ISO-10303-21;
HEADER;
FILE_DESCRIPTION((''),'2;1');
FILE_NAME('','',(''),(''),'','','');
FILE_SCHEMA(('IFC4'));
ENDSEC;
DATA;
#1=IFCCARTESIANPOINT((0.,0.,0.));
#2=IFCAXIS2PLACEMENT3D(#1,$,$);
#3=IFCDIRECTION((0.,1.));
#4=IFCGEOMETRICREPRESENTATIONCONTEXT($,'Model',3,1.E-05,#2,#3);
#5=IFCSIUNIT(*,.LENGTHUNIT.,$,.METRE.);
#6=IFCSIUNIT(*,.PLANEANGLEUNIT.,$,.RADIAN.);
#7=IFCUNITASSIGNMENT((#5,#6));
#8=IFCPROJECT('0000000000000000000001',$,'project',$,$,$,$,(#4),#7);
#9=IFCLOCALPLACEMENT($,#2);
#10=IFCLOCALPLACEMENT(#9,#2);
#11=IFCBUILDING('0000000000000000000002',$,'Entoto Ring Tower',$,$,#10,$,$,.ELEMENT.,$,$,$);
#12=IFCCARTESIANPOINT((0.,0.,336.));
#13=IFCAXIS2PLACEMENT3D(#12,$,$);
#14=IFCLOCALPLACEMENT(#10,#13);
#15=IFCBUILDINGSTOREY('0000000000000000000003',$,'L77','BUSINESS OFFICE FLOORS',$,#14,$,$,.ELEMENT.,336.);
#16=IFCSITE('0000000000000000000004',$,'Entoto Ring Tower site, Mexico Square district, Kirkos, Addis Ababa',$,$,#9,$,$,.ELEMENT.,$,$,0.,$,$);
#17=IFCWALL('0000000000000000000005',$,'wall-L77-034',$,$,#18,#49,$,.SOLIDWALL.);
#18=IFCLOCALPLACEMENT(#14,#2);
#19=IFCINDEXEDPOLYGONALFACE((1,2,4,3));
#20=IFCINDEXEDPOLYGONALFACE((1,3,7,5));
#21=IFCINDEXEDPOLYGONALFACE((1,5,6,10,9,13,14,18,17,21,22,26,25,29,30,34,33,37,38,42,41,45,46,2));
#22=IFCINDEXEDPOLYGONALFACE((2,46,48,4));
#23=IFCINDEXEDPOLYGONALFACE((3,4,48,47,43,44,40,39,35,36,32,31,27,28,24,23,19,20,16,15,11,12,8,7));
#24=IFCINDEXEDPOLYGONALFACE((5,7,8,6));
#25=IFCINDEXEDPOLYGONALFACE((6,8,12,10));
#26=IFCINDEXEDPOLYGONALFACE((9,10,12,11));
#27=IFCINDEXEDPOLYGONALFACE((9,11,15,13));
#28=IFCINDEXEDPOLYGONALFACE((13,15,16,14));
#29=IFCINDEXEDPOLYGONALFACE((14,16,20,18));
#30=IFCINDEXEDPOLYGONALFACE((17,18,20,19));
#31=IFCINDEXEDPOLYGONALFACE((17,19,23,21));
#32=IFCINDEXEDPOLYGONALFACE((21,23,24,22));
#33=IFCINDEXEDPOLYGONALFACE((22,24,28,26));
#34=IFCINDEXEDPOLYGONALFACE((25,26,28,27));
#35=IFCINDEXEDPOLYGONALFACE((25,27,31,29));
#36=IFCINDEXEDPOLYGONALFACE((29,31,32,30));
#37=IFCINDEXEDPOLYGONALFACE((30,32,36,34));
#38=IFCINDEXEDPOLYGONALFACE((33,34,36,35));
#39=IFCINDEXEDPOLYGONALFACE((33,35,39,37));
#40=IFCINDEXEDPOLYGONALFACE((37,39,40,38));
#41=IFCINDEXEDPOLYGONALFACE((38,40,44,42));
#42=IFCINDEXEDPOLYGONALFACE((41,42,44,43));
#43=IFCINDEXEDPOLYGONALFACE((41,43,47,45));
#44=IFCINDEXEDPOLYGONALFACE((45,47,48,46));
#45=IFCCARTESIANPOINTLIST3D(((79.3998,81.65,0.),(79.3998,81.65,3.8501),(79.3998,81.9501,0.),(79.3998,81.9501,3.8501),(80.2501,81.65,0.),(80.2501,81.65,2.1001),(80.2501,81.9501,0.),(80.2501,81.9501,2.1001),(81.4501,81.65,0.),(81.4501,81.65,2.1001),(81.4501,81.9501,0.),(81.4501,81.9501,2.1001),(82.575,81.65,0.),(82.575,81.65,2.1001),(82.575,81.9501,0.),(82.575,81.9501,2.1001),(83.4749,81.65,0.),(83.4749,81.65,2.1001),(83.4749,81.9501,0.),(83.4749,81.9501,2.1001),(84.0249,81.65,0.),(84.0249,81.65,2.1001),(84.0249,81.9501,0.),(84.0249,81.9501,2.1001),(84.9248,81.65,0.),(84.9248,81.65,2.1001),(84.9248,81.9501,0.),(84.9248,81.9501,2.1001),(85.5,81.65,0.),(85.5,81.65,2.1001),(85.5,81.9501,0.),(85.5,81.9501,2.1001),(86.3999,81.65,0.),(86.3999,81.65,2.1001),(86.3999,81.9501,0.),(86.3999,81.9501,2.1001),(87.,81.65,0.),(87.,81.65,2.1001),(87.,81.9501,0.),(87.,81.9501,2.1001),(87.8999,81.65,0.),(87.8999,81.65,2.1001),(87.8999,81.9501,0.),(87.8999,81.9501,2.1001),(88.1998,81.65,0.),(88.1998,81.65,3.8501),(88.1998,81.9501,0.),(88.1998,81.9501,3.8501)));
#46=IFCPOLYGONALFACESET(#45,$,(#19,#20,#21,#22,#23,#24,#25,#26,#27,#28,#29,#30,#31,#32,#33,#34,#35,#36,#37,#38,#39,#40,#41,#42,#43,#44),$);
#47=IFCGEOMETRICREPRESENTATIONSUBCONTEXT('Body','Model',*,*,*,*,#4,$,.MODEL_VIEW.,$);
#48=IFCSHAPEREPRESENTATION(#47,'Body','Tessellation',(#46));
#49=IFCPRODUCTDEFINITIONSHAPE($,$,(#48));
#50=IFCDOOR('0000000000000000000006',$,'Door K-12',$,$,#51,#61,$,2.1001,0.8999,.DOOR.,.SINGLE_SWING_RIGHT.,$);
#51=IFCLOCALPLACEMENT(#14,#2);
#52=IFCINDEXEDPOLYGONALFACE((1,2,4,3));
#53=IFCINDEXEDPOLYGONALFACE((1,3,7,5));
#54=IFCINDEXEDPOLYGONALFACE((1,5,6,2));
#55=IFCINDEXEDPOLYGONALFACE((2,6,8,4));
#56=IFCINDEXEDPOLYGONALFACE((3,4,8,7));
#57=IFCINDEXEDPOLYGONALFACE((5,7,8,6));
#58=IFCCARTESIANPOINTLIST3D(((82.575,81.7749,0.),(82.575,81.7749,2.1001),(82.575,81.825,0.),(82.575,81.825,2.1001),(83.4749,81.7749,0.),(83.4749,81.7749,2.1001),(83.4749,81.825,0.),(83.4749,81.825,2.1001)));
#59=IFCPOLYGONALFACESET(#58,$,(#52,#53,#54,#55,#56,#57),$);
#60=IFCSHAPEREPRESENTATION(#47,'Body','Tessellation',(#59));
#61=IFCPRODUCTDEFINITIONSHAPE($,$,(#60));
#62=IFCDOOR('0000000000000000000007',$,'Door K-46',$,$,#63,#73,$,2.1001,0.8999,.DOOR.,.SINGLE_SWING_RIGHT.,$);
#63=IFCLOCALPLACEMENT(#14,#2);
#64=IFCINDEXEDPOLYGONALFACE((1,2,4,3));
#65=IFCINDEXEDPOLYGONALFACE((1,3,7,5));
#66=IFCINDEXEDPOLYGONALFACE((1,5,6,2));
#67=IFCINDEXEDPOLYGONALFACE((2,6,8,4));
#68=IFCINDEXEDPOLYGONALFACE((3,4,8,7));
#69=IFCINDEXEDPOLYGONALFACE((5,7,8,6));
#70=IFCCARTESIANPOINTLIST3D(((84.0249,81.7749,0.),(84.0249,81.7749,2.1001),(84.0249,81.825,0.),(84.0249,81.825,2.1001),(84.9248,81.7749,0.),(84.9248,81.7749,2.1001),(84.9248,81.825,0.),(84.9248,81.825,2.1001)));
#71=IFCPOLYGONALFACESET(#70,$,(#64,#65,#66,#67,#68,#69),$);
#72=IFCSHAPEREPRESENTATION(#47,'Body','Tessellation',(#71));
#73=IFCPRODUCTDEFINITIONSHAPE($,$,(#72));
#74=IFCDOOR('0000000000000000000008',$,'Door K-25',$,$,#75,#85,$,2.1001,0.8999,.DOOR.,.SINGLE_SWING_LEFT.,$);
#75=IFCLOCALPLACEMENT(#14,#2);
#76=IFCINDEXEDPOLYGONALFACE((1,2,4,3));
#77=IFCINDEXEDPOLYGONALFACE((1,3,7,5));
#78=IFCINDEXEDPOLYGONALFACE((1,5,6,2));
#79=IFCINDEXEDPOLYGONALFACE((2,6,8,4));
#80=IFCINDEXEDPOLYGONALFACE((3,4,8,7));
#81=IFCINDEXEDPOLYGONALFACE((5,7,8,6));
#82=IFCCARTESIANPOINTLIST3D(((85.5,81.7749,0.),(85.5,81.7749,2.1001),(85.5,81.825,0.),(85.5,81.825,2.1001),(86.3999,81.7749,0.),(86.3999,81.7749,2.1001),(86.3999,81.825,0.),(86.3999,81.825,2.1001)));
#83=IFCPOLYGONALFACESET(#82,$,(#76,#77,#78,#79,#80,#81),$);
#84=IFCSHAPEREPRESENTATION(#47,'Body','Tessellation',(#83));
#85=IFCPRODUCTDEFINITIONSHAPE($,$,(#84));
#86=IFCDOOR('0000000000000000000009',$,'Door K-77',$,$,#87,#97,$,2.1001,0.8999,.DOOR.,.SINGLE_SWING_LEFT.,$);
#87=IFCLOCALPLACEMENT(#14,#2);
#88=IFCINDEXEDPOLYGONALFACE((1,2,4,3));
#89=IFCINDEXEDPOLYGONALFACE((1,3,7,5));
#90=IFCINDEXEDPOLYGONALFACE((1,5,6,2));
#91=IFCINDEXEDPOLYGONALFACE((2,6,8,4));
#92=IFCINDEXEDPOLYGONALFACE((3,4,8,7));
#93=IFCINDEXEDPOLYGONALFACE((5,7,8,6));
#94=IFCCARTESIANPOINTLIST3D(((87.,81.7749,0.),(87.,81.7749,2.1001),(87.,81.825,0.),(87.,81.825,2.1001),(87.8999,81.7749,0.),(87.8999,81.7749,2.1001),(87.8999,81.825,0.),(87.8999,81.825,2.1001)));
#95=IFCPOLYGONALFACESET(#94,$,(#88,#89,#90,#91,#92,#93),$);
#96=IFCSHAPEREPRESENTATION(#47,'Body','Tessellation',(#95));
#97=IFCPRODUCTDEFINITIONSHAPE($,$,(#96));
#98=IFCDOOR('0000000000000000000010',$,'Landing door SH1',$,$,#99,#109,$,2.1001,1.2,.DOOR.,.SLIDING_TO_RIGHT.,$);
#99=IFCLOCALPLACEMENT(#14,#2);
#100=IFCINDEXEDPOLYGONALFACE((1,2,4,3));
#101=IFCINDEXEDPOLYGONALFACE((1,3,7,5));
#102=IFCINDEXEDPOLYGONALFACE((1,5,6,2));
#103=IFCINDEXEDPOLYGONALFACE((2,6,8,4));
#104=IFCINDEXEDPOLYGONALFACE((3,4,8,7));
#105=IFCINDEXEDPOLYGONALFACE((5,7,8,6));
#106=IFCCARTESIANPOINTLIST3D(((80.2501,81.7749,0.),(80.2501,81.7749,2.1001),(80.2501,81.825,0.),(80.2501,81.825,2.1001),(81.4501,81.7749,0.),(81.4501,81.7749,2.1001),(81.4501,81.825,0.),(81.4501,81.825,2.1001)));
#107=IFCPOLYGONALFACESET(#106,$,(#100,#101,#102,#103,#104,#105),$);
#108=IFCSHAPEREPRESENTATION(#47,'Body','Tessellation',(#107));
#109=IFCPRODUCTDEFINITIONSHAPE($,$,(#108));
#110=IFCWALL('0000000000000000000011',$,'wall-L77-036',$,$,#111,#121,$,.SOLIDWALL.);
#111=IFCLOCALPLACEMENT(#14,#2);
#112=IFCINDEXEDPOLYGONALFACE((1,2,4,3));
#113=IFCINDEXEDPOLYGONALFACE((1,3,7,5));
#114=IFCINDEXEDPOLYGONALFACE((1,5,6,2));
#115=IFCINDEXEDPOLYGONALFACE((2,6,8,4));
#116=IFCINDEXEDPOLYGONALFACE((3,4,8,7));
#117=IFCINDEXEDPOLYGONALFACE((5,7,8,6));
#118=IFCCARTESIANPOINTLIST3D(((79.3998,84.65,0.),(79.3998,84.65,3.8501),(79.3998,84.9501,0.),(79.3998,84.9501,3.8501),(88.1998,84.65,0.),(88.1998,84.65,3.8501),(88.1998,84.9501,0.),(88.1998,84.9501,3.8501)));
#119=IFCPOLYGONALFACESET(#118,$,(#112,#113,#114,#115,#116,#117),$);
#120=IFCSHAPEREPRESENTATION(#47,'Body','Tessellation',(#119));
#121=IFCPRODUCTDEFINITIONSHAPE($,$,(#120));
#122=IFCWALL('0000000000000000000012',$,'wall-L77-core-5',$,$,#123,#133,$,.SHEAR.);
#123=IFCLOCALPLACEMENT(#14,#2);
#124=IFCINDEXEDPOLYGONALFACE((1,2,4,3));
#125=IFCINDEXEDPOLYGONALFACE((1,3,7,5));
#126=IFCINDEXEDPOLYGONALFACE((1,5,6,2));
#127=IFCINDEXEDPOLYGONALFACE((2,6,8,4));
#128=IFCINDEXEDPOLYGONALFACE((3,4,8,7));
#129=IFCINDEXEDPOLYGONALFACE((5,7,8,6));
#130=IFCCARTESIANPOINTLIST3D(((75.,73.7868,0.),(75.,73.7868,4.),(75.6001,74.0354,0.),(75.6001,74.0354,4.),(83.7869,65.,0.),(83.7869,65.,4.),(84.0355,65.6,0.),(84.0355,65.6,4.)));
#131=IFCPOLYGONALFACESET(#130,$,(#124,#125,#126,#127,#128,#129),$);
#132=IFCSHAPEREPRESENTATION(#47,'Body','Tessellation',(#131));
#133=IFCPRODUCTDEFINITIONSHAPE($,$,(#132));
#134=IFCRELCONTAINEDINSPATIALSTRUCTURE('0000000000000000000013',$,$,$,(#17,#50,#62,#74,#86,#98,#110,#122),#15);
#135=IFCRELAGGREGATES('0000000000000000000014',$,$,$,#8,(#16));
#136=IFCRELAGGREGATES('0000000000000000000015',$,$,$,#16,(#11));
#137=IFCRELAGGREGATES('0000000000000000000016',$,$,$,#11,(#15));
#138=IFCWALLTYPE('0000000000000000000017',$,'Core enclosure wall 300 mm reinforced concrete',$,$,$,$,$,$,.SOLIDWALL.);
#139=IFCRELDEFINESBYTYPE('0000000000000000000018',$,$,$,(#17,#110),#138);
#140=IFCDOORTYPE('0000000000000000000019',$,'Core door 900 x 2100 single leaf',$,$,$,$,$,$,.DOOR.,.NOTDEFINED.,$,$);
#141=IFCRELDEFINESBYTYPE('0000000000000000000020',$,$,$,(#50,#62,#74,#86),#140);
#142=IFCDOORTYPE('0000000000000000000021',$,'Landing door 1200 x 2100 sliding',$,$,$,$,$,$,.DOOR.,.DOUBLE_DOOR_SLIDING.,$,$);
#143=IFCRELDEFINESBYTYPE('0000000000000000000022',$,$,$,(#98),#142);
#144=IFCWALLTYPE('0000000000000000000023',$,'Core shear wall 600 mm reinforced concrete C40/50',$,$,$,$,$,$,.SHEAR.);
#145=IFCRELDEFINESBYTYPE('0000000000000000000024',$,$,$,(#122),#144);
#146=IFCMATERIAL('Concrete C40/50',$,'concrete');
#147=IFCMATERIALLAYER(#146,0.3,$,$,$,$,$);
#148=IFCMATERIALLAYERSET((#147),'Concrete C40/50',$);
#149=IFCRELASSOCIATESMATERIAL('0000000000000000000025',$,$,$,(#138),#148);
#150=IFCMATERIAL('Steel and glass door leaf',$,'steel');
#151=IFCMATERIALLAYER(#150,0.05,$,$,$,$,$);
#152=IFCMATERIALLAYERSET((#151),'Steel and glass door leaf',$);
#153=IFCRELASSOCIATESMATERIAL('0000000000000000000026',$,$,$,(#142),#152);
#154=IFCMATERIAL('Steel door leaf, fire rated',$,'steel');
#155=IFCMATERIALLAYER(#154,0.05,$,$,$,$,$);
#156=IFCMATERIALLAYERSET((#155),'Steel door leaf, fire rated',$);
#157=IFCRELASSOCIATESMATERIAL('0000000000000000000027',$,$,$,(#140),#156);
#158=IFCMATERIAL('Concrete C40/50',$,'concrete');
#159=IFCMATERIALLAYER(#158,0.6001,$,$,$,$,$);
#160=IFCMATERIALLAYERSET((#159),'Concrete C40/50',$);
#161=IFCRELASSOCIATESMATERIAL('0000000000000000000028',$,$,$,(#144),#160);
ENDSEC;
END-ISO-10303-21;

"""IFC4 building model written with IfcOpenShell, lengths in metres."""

from ifc_helpers import new_model, si_unit, direction, frame, frame_2d, origin, place, context, subcontext, project, spatial, polyline, rectangle, outline, extrude, material, layer, layer_set, type_object, element, fill, save


model = new_model("IFC4")

# Units and contexts
model_context = context("Model", 3, precision=1e-05, world=origin(), true_north=direction((0.0, 1.0)))
body_context = subcontext(model_context, "Body", "Model", "MODEL_VIEW")
ifc_project = project(units=[si_unit("LENGTHUNIT", "METRE"), si_unit("PLANEANGLEUNIT", "RADIAN")], contexts=[model_context])

# Site, building, storey
site_placement = place(None, origin())
site = spatial("IfcSite", under=ifc_project, at=site_placement, Name="Entoto Ring Tower site, Mexico Square district, Kirkos, Addis Ababa", CompositionType="ELEMENT", RefElevation=0.0)
building_placement = place(site_placement, origin())
building = spatial("IfcBuilding", under=site, at=building_placement, Name="Entoto Ring Tower", CompositionType="ELEMENT")
storey_placement = place(building_placement, frame((0.0, 0.0, 336.0)))
storey = spatial("IfcBuildingStorey", under=building, at=storey_placement, Name="L77", Description="BUSINESS OFFICE FLOORS", CompositionType="ELEMENT", Elevation=336.0)

# Shared definitions
ifc_material_1 = material(Name="Concrete C40/50", Category="concrete")
ifc_layer_1 = layer(ifc_material_1, 0.3)
ifc_layer_set_1 = layer_set([ifc_layer_1], Name="Concrete C40/50")
wall_type_1 = type_object("IfcWallType", Name="Core enclosure wall 300 mm reinforced concrete", PredefinedType="SOLIDWALL", material=ifc_layer_set_1)
ifc_material_2 = material(Name="Steel and glass door leaf", Category="steel")
ifc_layer_2 = layer(ifc_material_2, 0.05)
ifc_layer_set_2 = layer_set([ifc_layer_2], Name="Steel and glass door leaf")
door_type_1 = type_object("IfcDoorType", Name="Landing door 1200 x 2100 sliding", OperationType="DOUBLE_DOOR_SLIDING", PredefinedType="DOOR", material=ifc_layer_set_2)

# Wall, openings, doors
ifc_material_3 = material(Name="Steel door leaf, fire rated", Category="steel")
ifc_layer_3 = layer(ifc_material_3, 0.05)
ifc_layer_set_3 = layer_set([ifc_layer_3], Name="Steel door leaf, fire rated")
door_type_2 = type_object("IfcDoorType", Name="Core door 900 x 2100 single leaf", OperationType="NOTDEFINED", PredefinedType="DOOR", material=ifc_layer_set_3)
wall_1_placement = place(storey_placement, frame((79.3999, 81.8, 0.0), z_axis=(0.0, 0.0, 1.0), x_axis=(1.0, 0.0, 0.0)))
wall_1 = element("IfcWall", 1, at=wall_1_placement, inside=storey, type_object=wall_type_1, Name="wall-L77-034", PredefinedType="SOLIDWALL", context=body_context, shape_type="SweptSolid", body=[
    extrude(rectangle(XDim=8.8, YDim=0.3, at=frame_2d((4.3999, 0.0))), origin(), (0.0, 0.0, 1.0), 3.8501),
])
opening_1_placement = place(wall_1_placement, frame((0.8501, 0.0, 0.0)))
opening_1 = element("IfcOpeningElement", 2, at=opening_1_placement, cuts=wall_1, PredefinedType="OPENING", context=body_context, shape_type="SweptSolid", body=[
    extrude(rectangle(XDim=1.2, YDim=2.1001, at=frame_2d((0.6001, 1.05))), frame((0.0, 0.1602, 0.0), z_axis=(0.0, -1.0, 0.0), x_axis=(1.0, 0.0, 0.0)), (0.0, 0.0, 1.0), 0.3201),
])
opening_2_placement = place(wall_1_placement, frame((3.175, 0.0, 0.0)))
opening_2 = element("IfcOpeningElement", 3, at=opening_2_placement, cuts=wall_1, PredefinedType="OPENING", context=body_context, shape_type="SweptSolid", body=[
    extrude(rectangle(XDim=0.8999, YDim=2.1001, at=frame_2d((0.45, 1.05))), frame((0.0, 0.1602, 0.0), z_axis=(0.0, -1.0, 0.0), x_axis=(1.0, 0.0, 0.0)), (0.0, 0.0, 1.0), 0.3201),
])
opening_3_placement = place(wall_1_placement, frame((4.625, 0.0, 0.0)))
opening_3 = element("IfcOpeningElement", 4, at=opening_3_placement, cuts=wall_1, PredefinedType="OPENING", context=body_context, shape_type="SweptSolid", body=[
    extrude(rectangle(XDim=0.8999, YDim=2.1001, at=frame_2d((0.45, 1.05))), frame((0.0, 0.1602, 0.0), z_axis=(0.0, -1.0, 0.0), x_axis=(1.0, 0.0, 0.0)), (0.0, 0.0, 1.0), 0.3201),
])
opening_4_placement = place(wall_1_placement, frame((6.1001, 0.0, 0.0)))
opening_4 = element("IfcOpeningElement", 5, at=opening_4_placement, cuts=wall_1, PredefinedType="OPENING", context=body_context, shape_type="SweptSolid", body=[
    extrude(rectangle(XDim=0.8999, YDim=2.1001, at=frame_2d((0.45, 1.05))), frame((0.0, 0.1602, 0.0), z_axis=(0.0, -1.0, 0.0), x_axis=(1.0, 0.0, 0.0)), (0.0, 0.0, 1.0), 0.3201),
])
opening_5_placement = place(wall_1_placement, frame((7.6001, 0.0, 0.0)))
opening_5 = element("IfcOpeningElement", 6, at=opening_5_placement, cuts=wall_1, PredefinedType="OPENING", context=body_context, shape_type="SweptSolid", body=[
    extrude(rectangle(XDim=0.8999, YDim=2.1001, at=frame_2d((0.45, 1.05))), frame((0.0, 0.1602, 0.0), z_axis=(0.0, -1.0, 0.0), x_axis=(1.0, 0.0, 0.0)), (0.0, 0.0, 1.0), 0.3201),
])
door_1_placement = place(opening_2_placement, origin())
door_1 = element("IfcDoor", 7, at=door_1_placement, inside=storey, type_object=door_type_2, Name="Door K-12", OperationType="SINGLE_SWING_RIGHT", OverallHeight=2.1001, OverallWidth=0.8999, PredefinedType="DOOR", context=body_context, shape_type="SweptSolid", body=[
    extrude(rectangle(XDim=0.8999, YDim=2.1001, at=frame_2d((0.45, 1.05))), frame((0.0, 0.0249, 0.0), z_axis=(0.0, -1.0, 0.0), x_axis=(1.0, 0.0, 0.0)), (0.0, 0.0, 1.0), 0.05),
])
fill(opening_2, door_1)
door_2_placement = place(opening_3_placement, origin())
door_2 = element("IfcDoor", 8, at=door_2_placement, inside=storey, type_object=door_type_2, Name="Door K-46", OperationType="SINGLE_SWING_RIGHT", OverallHeight=2.1001, OverallWidth=0.8999, PredefinedType="DOOR", context=body_context, shape_type="SweptSolid", body=[
    extrude(rectangle(XDim=0.8999, YDim=2.1001, at=frame_2d((0.45, 1.05))), frame((0.0, 0.0249, 0.0), z_axis=(0.0, -1.0, 0.0), x_axis=(1.0, 0.0, 0.0)), (0.0, 0.0, 1.0), 0.05),
])
fill(opening_3, door_2)
door_3_placement = place(opening_4_placement, origin())
door_3 = element("IfcDoor", 9, at=door_3_placement, inside=storey, type_object=door_type_2, Name="Door K-25", OperationType="SINGLE_SWING_LEFT", OverallHeight=2.1001, OverallWidth=0.8999, PredefinedType="DOOR", context=body_context, shape_type="SweptSolid", body=[
    extrude(rectangle(XDim=0.8999, YDim=2.1001, at=frame_2d((0.45, 1.05))), frame((0.0, 0.0249, 0.0), z_axis=(0.0, -1.0, 0.0), x_axis=(1.0, 0.0, 0.0)), (0.0, 0.0, 1.0), 0.05),
])
fill(opening_4, door_3)
door_4_placement = place(opening_5_placement, origin())
door_4 = element("IfcDoor", 10, at=door_4_placement, inside=storey, type_object=door_type_2, Name="Door K-77", OperationType="SINGLE_SWING_LEFT", OverallHeight=2.1001, OverallWidth=0.8999, PredefinedType="DOOR", context=body_context, shape_type="SweptSolid", body=[
    extrude(rectangle(XDim=0.8999, YDim=2.1001, at=frame_2d((0.45, 1.05))), frame((0.0, 0.0249, 0.0), z_axis=(0.0, -1.0, 0.0), x_axis=(1.0, 0.0, 0.0)), (0.0, 0.0, 1.0), 0.05),
])
fill(opening_5, door_4)
door_5_placement = place(opening_1_placement, origin())
door_5 = element("IfcDoor", 11, at=door_5_placement, inside=storey, type_object=door_type_1, Name="Landing door SH1", OperationType="SLIDING_TO_RIGHT", OverallHeight=2.1001, OverallWidth=1.2, PredefinedType="DOOR", context=body_context, shape_type="SweptSolid", body=[
    extrude(rectangle(XDim=1.2, YDim=2.1001, at=frame_2d((0.6001, 1.05))), frame((0.0, 0.0249, 0.0), z_axis=(0.0, -1.0, 0.0), x_axis=(1.0, 0.0, 0.0)), (0.0, 0.0, 1.0), 0.05),
])
fill(opening_1, door_5)

# Walls
wall_2_placement = place(storey_placement, frame((79.3999, 84.8, 0.0), z_axis=(0.0, 0.0, 1.0), x_axis=(1.0, 0.0, 0.0)))
element("IfcWall", 12, at=wall_2_placement, inside=storey, type_object=wall_type_1, Name="wall-L77-036", PredefinedType="SOLIDWALL", context=body_context, shape_type="SweptSolid", body=[
    extrude(rectangle(XDim=8.8, YDim=0.3, at=frame_2d((4.3999, 0.0))), origin(), (0.0, 0.0, 1.0), 3.8501),
])
ifc_material_4 = material(Name="Concrete C40/50", Category="concrete")
ifc_layer_4 = layer(ifc_material_4, 0.6001)
ifc_layer_set_4 = layer_set([ifc_layer_4], Name="Concrete C40/50")
wall_type_2 = type_object("IfcWallType", Name="Core shear wall 600 mm reinforced concrete C40/50", PredefinedType="SHEAR", material=ifc_layer_set_4)
wall_3_placement = place(storey_placement, frame((75.3, 73.9111, 0.0), z_axis=(0.0, 0.0, 1.0), x_axis=(0.707107, -0.707107, 0.0)))
element("IfcWall", 13, at=wall_3_placement, inside=storey, type_object=wall_type_2, Name="wall-L77-core-5", PredefinedType="SHEAR", context=body_context, shape_type="SweptSolid", body=[
    extrude(outline(polyline([(-0.1243, -0.3), (12.3022, -0.3), (12.0537, 0.3), (0.1243, 0.3), (-0.1243, -0.3)])), origin(), (0.0, 0.0, 1.0), 4.0),
])

save(model, "model.ifc")
